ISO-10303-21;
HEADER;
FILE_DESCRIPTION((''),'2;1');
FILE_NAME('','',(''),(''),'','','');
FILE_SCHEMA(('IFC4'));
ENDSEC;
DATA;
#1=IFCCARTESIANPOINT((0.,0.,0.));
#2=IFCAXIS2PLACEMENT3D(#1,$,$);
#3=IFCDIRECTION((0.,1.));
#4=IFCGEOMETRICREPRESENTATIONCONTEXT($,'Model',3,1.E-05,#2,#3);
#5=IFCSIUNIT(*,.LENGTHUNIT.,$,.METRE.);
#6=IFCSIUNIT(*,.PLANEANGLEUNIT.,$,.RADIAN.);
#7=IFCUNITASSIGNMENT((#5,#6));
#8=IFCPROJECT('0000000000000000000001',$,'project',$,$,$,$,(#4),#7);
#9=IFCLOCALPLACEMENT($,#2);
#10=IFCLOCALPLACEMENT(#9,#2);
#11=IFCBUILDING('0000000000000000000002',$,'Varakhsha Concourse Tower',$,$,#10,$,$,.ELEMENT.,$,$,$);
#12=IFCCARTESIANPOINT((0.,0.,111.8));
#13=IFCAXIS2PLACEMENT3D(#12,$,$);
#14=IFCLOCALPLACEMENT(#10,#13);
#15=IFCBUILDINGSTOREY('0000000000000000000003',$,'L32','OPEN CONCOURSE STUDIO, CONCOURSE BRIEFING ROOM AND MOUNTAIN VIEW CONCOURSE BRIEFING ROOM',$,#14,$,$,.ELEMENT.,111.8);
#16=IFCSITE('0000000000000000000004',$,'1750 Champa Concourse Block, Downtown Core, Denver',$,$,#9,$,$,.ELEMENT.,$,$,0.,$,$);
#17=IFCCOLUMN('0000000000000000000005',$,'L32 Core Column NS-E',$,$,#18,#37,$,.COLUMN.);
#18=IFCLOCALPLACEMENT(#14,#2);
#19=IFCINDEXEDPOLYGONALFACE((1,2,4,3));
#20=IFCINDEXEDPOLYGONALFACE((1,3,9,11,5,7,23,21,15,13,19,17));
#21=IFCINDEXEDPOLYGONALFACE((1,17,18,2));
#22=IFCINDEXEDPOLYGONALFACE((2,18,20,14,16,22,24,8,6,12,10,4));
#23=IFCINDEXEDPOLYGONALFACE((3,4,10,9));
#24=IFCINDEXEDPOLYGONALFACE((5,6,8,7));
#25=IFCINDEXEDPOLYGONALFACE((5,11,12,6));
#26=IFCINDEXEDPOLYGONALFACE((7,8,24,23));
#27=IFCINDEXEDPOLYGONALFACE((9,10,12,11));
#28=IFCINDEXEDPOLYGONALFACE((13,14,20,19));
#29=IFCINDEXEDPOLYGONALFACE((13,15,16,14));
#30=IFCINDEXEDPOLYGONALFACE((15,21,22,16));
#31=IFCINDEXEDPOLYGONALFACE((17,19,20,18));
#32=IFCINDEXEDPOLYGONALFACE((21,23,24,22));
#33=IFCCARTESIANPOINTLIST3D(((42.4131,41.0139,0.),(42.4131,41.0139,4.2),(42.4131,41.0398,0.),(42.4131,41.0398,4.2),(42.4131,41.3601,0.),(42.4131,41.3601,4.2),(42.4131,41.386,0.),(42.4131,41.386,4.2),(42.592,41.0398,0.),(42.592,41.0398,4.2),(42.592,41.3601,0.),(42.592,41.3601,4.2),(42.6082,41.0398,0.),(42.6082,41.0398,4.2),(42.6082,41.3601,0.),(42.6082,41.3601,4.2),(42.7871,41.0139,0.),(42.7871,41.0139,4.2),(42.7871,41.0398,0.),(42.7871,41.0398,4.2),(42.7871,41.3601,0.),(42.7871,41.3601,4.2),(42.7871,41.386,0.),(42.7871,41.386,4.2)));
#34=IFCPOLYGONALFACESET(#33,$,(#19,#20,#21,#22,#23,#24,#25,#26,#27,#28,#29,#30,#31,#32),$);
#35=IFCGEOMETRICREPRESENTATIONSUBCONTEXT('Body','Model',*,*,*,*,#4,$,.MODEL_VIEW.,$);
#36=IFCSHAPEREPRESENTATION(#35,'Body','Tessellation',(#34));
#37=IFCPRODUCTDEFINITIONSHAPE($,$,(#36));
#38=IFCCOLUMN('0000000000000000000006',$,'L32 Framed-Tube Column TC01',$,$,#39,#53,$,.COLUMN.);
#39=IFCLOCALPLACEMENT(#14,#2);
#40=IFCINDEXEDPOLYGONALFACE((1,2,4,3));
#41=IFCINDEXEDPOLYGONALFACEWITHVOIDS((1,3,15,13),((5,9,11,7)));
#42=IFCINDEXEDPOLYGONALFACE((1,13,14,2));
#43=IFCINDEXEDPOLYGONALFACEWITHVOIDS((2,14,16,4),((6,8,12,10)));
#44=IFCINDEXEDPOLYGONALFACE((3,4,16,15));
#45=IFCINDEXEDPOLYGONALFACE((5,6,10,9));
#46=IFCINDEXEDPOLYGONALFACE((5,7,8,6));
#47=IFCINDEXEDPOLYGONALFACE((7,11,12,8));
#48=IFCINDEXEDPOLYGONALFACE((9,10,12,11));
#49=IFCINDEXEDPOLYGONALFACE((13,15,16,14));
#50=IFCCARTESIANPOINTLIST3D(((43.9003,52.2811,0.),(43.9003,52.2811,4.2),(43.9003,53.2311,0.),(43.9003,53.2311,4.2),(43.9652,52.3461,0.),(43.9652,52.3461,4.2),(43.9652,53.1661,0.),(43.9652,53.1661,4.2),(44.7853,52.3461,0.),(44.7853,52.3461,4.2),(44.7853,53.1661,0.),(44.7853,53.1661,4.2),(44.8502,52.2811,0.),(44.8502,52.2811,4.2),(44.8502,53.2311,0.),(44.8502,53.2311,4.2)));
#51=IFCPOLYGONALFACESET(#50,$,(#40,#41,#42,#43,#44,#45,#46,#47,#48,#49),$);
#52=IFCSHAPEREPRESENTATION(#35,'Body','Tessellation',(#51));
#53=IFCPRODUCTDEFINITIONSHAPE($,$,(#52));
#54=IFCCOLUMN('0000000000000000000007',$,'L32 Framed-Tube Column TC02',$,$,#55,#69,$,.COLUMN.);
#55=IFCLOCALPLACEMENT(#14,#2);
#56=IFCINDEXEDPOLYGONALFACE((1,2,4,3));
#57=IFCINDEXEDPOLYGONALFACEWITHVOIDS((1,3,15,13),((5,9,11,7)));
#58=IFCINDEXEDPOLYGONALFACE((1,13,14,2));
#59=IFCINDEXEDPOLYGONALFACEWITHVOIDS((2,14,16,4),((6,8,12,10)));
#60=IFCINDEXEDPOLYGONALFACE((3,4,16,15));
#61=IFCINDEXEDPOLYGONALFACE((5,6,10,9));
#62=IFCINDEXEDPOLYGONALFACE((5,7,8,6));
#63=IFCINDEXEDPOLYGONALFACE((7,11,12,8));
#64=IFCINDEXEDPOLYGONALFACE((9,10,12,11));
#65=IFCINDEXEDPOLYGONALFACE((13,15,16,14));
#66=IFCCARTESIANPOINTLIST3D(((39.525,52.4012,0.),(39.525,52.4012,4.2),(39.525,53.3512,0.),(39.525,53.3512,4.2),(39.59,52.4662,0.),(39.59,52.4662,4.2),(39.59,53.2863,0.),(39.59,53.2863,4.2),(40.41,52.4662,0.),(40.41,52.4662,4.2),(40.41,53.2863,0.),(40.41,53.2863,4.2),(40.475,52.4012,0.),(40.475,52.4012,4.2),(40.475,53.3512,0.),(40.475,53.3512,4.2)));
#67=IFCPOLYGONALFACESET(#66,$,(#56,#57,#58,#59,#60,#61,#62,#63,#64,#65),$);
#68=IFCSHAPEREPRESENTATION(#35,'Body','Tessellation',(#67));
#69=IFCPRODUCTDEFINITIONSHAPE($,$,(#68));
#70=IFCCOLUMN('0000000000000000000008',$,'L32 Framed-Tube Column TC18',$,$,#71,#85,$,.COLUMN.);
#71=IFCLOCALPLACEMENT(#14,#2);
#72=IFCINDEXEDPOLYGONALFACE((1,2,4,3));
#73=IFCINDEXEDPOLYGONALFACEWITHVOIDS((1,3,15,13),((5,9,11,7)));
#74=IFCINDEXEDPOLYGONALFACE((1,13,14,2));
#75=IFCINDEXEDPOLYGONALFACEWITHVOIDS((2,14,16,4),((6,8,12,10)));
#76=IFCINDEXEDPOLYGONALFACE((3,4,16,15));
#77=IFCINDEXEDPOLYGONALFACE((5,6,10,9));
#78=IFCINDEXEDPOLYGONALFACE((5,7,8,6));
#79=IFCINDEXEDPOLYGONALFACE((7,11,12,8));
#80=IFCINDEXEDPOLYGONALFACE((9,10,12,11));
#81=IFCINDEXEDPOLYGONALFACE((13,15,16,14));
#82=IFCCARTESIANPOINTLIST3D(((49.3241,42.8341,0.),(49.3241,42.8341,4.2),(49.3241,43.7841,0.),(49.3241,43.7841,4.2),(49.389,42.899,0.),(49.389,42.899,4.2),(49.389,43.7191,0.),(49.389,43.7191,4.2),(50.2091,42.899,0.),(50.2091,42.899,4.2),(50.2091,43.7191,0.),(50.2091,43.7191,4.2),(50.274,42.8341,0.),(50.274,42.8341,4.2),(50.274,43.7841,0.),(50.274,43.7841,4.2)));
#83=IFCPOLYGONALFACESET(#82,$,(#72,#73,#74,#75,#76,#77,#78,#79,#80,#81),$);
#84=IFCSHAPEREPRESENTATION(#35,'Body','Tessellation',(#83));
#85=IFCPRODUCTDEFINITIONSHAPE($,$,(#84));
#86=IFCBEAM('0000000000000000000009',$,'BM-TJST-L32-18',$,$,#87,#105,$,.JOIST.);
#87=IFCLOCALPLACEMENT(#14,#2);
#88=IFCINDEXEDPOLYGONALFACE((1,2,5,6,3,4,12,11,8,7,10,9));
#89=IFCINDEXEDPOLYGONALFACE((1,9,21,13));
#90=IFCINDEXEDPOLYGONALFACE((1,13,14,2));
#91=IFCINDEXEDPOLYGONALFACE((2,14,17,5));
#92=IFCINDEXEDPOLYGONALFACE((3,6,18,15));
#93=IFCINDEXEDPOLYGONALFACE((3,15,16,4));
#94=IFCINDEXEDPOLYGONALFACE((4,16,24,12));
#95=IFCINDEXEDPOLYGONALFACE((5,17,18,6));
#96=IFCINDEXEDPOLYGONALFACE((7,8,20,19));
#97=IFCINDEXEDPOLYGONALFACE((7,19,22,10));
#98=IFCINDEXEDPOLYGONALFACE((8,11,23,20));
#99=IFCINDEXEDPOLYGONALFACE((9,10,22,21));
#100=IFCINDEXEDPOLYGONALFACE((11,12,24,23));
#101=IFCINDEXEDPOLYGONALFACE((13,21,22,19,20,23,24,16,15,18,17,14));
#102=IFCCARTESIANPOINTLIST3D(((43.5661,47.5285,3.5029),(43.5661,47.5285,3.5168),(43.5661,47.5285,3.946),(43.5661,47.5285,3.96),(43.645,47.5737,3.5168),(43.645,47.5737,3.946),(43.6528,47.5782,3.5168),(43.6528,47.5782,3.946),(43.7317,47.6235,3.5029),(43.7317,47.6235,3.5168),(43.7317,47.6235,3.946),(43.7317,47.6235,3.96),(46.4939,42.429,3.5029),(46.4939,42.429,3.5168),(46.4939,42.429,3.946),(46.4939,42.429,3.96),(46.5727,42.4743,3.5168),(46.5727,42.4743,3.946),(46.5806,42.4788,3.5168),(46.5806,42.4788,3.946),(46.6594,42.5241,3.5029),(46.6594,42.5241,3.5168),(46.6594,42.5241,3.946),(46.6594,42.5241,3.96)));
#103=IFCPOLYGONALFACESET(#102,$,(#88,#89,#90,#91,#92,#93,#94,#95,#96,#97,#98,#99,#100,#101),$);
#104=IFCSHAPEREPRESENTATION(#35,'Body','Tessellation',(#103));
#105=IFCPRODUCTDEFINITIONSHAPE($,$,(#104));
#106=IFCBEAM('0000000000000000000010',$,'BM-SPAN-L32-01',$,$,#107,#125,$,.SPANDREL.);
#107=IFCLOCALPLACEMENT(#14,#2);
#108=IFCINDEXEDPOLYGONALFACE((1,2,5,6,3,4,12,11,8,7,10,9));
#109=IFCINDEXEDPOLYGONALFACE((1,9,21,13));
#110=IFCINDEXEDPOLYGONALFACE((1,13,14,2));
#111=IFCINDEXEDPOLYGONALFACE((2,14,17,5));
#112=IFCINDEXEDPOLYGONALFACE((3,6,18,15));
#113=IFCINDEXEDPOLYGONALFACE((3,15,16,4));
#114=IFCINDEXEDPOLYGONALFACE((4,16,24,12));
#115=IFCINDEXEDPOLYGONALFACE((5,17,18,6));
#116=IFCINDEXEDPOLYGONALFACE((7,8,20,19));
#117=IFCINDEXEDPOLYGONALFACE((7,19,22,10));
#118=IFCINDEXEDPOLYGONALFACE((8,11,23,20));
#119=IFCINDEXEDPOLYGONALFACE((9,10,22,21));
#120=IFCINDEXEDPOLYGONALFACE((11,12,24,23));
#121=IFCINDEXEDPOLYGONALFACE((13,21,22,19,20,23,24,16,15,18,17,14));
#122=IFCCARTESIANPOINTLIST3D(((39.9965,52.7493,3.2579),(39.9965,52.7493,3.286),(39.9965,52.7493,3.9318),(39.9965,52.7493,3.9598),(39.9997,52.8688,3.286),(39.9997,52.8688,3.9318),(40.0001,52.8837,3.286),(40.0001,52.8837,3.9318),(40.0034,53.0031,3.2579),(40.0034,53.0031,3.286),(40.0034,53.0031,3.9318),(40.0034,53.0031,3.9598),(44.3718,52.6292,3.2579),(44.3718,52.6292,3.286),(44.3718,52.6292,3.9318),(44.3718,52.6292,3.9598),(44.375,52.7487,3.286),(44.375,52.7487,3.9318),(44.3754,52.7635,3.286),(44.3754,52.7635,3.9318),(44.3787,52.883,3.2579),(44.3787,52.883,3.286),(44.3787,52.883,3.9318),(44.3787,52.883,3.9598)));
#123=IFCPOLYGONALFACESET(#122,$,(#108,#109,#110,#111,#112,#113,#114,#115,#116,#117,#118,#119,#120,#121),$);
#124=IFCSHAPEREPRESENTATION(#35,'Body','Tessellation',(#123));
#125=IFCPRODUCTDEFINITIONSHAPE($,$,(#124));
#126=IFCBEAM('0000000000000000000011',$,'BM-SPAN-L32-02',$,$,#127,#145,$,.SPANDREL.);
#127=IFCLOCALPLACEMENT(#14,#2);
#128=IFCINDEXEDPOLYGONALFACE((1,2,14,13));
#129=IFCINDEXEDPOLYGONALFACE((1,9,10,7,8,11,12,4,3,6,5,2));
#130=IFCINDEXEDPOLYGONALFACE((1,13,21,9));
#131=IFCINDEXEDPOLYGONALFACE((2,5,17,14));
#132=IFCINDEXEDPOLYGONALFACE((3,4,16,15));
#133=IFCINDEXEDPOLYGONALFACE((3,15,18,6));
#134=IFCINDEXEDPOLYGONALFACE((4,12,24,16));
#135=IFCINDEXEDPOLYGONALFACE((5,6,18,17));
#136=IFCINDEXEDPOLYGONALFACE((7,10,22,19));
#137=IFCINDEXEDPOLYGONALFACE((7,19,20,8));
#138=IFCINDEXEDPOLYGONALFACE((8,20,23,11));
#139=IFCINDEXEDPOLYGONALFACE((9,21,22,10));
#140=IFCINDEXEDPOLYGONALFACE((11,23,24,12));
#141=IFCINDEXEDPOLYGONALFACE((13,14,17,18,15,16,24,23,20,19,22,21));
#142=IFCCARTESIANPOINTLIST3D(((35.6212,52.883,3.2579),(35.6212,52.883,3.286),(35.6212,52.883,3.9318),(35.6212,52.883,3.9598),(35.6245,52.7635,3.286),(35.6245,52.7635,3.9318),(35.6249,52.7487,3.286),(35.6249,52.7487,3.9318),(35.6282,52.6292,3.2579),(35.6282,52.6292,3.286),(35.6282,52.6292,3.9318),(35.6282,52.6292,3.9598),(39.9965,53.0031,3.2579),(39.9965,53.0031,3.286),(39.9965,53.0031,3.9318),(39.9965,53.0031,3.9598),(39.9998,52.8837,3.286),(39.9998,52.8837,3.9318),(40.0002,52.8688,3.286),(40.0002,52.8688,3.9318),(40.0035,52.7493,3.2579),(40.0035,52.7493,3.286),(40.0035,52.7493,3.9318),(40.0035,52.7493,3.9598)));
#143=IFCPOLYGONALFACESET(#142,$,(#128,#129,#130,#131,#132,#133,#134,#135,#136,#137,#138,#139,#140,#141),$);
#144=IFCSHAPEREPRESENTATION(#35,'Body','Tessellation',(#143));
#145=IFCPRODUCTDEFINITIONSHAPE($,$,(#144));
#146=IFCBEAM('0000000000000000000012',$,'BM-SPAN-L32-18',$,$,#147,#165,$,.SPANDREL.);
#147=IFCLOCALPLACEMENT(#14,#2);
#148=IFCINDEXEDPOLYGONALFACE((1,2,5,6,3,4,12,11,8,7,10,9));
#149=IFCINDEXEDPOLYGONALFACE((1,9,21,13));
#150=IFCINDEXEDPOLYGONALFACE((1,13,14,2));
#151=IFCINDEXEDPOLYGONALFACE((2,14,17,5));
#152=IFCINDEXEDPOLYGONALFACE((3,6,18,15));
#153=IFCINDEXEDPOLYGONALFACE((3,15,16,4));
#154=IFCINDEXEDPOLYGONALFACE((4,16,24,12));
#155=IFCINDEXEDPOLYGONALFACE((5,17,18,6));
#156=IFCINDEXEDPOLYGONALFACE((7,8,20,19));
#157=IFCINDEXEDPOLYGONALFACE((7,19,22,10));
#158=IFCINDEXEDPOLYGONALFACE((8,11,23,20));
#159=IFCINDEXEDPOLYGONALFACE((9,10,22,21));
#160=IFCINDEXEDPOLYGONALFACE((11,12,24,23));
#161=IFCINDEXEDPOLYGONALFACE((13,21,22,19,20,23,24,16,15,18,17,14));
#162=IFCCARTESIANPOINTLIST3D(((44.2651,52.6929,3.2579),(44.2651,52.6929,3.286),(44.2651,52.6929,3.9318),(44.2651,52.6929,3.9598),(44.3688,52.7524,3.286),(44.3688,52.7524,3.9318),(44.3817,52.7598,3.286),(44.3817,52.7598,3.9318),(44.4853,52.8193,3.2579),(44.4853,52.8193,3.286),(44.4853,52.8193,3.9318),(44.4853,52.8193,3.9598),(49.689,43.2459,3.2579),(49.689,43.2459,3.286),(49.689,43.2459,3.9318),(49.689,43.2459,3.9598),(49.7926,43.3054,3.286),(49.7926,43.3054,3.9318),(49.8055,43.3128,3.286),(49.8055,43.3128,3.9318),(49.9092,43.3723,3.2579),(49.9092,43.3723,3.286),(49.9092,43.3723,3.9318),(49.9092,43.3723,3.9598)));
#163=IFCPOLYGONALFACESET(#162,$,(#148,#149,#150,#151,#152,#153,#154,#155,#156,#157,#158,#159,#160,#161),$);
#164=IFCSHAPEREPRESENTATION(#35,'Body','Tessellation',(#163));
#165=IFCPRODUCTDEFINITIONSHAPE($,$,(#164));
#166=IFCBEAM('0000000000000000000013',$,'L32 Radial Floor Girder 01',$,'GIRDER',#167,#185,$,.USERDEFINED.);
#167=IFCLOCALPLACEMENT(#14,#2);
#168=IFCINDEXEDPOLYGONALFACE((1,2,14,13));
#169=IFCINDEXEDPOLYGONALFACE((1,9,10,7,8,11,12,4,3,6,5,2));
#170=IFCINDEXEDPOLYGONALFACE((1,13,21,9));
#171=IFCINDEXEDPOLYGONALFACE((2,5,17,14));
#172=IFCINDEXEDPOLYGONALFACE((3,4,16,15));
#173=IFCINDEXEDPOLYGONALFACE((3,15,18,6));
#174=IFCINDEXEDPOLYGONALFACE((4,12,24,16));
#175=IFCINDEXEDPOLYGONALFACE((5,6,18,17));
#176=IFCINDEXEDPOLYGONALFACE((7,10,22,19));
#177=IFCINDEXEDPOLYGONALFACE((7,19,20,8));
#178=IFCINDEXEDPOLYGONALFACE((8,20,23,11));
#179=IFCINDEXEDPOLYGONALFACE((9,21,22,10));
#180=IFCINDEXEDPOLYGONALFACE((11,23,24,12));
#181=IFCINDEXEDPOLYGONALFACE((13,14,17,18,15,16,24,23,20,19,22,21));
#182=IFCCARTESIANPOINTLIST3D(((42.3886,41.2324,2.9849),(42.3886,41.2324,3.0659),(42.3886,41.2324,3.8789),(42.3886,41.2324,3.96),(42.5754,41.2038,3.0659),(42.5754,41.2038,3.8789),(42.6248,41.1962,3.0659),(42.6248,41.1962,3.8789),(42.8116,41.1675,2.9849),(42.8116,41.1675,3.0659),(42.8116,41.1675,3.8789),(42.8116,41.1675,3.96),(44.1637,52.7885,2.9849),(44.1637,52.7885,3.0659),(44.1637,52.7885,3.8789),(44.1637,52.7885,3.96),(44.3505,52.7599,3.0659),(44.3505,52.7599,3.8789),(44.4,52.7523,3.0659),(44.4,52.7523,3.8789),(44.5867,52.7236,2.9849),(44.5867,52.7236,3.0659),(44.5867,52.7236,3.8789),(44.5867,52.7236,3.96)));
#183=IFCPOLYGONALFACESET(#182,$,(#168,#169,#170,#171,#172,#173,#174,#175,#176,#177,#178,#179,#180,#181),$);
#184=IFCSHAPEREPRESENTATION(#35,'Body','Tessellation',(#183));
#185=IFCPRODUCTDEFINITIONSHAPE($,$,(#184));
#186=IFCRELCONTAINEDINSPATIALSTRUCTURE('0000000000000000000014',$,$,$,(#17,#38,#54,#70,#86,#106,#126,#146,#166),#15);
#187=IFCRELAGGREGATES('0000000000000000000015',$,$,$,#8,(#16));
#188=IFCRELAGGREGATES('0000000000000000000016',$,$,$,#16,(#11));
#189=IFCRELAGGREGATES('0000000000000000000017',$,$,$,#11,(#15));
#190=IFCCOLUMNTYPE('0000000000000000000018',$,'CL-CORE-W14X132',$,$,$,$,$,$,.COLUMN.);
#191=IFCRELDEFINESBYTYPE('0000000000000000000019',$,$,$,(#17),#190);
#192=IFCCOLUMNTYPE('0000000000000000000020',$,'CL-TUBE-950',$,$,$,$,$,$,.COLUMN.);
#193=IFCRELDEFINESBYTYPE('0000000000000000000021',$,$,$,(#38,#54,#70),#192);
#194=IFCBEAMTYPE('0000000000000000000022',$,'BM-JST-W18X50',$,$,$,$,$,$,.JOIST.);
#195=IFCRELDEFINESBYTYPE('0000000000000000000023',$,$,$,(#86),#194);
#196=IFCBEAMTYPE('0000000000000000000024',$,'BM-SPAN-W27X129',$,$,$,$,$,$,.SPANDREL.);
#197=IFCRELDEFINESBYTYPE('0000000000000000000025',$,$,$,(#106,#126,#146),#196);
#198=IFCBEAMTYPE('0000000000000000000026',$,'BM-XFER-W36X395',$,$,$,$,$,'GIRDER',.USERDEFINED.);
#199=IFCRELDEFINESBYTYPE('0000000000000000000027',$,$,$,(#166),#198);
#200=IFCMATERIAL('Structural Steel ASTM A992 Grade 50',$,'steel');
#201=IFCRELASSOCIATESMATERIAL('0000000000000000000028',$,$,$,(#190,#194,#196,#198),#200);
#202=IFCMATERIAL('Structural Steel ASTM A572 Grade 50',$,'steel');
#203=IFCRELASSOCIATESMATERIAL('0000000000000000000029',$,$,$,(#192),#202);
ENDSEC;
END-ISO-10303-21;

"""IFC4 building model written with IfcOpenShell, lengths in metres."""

from ifc_helpers import new_model, si_unit, direction, frame, origin, origin_2d, place, context, subcontext, project, spatial, hollow_rectangle, i_section, extrude, material, material_profile, profile_set, type_object, element, save


model = new_model("IFC4")

# Units and contexts
model_context = context("Model", 3, precision=1e-05, world=origin(), true_north=direction((0.0, 1.0)))
body_context = subcontext(model_context, "Body", "Model", "MODEL_VIEW")
ifc_project = project(units=[si_unit("LENGTHUNIT", "METRE"), si_unit("PLANEANGLEUNIT", "RADIAN")], contexts=[model_context])

# Site, building, storey
site_placement = place(None, origin())
site = spatial("IfcSite", under=ifc_project, at=site_placement, Name="1750 Champa Concourse Block, Downtown Core, Denver", CompositionType="ELEMENT", RefElevation=0.0)
building_placement = place(site_placement, origin())
building = spatial("IfcBuilding", under=site, at=building_placement, Name="Varakhsha Concourse Tower", CompositionType="ELEMENT")
storey_placement = place(building_placement, frame((0.0, 0.0, 111.8)))
storey = spatial("IfcBuildingStorey", under=building, at=storey_placement, Name="L32", Description="OPEN CONCOURSE STUDIO, CONCOURSE BRIEFING ROOM AND MOUNTAIN VIEW CONCOURSE BRIEFING ROOM", CompositionType="ELEMENT", Elevation=111.8)

# Columns
ifc_material_1 = material(Name="Structural Steel ASTM A992 Grade 50", Category="steel")
ifc_material_profile_1 = material_profile(ifc_material_1, i_section(OverallWidth=0.374, OverallDepth=0.3721, WebThickness=0.0161, FlangeThickness=0.0259, at=origin_2d()), Name="W14X132")
ifc_profile_set_1 = profile_set([ifc_material_profile_1], Name="Structural Steel ASTM A992 Grade 50")
column_type_1 = type_object("IfcColumnType", Name="CL-CORE-W14X132", PredefinedType="COLUMN", material=ifc_profile_set_1)
column_placement = place(storey_placement, frame((42.6001, 41.2, 0.0), z_axis=(0.0, 0.0, 1.0), x_axis=(1.0, 0.0, 0.0)))
element("IfcColumn", 1, at=column_placement, inside=storey, type_object=column_type_1, Name="L32 Core Column NS-E", PredefinedType="COLUMN", context=body_context, shape_type="SweptSolid", body=[
    extrude(i_section(OverallWidth=0.374, OverallDepth=0.3721, WebThickness=0.0161, FlangeThickness=0.0259, at=origin_2d()), origin(), (0.0, 0.0, 1.0), 4.2),
])
ifc_material_2 = material(Name="Structural Steel ASTM A572 Grade 50", Category="steel")
ifc_material_profile_2 = material_profile(ifc_material_2, hollow_rectangle(XDim=0.95, YDim=0.95, WallThickness=0.0649, at=origin_2d()), Name="BOX 950x950x65")
ifc_profile_set_2 = profile_set([ifc_material_profile_2], Name="Structural Steel ASTM A572 Grade 50")
column_type_2 = type_object("IfcColumnType", Name="CL-TUBE-950", PredefinedType="COLUMN", material=ifc_profile_set_2)
for number, where, z_axis, x_axis, name in (
    (2, (44.3752, 52.7561, 0.0), (0.0, 0.0, 1.0), (1.0, 0.0, 0.0), "L32 Framed-Tube Column TC01"),
    (3, (40.0, 52.8762, 0.0), (0.0, 0.0, 1.0), (1.0, 0.0, 0.0), "L32 Framed-Tube Column TC02"),
    (4, (49.7991, 43.3091, 0.0), (0.0, 0.0, 1.0), (1.0, 0.0, 0.0), "L32 Framed-Tube Column TC18"),
):
    element("IfcColumn", number, at=place(storey_placement, frame(where, z_axis=z_axis, x_axis=x_axis)), inside=storey, type_object=column_type_2, Name=name, PredefinedType="COLUMN", context=body_context, shape_type="SweptSolid", body=[
        extrude(hollow_rectangle(XDim=0.95, YDim=0.95, WallThickness=0.0649, at=origin_2d()), origin(), (0.0, 0.0, 1.0), 4.2),
    ])

# Beams
ifc_material_profile_3 = material_profile(ifc_material_1, i_section(OverallWidth=0.1909, OverallDepth=0.457, WebThickness=0.009, FlangeThickness=0.0139, at=origin_2d()), Name="W18X50")
ifc_profile_set_3 = profile_set([ifc_material_profile_3], Name="Structural Steel ASTM A992 Grade 50")
beam_type_1 = type_object("IfcBeamType", Name="BM-JST-W18X50", PredefinedType="JOIST", material=ifc_profile_set_3)
beam_1_placement = place(storey_placement, frame((46.5767, 42.4766, 3.7314), z_axis=(-0.497909, 0.86723, 0.0), x_axis=(-0.86723, -0.497909, 0.0)))
element("IfcBeam", 5, at=beam_1_placement, inside=storey, type_object=beam_type_1, Name="BM-TJST-L32-18", PredefinedType="JOIST", context=body_context, shape_type="SweptSolid", body=[
    extrude(i_section(OverallWidth=0.1909, OverallDepth=0.457, WebThickness=0.009, FlangeThickness=0.0139, at=origin_2d()), origin(), (0.0, 0.0, 1.0), 5.8801),
])
ifc_material_profile_4 = material_profile(ifc_material_1, i_section(OverallWidth=0.2539, OverallDepth=0.7019, WebThickness=0.0149, FlangeThickness=0.0281, at=origin_2d()), Name="W27X129")
ifc_profile_set_4 = profile_set([ifc_material_profile_4], Name="Structural Steel ASTM A992 Grade 50")
beam_type_2 = type_object("IfcBeamType", Name="BM-SPAN-W27X129", PredefinedType="SPANDREL", material=ifc_profile_set_4)
for number, where, z_axis, x_axis, name in (
    (6, (44.3752, 52.7561, 3.6089), (-0.999623, 0.027443, 0.0), (-0.027443, -0.999623, 0.0), "BM-SPAN-L32-01"),
    (7, (40.0, 52.8762, 3.6089), (-0.999623, -0.027443, 0.0), (0.027443, -0.999623, 0.0), "BM-SPAN-L32-02"),
):
    element("IfcBeam", number, at=place(storey_placement, frame(where, z_axis=z_axis, x_axis=x_axis)), inside=storey, type_object=beam_type_2, Name=name, PredefinedType="SPANDREL", context=body_context, shape_type="SweptSolid", body=[
        extrude(i_section(OverallWidth=0.2539, OverallDepth=0.7019, WebThickness=0.0149, FlangeThickness=0.0281, at=origin_2d()), origin(), (0.0, 0.0, 1.0), 4.377),
    ])
beam_2_placement = place(storey_placement, frame((49.7991, 43.3091, 3.6089), z_axis=(-0.497905, 0.867232, 0.0), x_axis=(-0.867232, -0.497905, 0.0)))
element("IfcBeam", 8, at=beam_2_placement, inside=storey, type_object=beam_type_2, Name="BM-SPAN-L32-18", PredefinedType="SPANDREL", context=body_context, shape_type="SweptSolid", body=[
    extrude(i_section(OverallWidth=0.2539, OverallDepth=0.7019, WebThickness=0.0149, FlangeThickness=0.0281, at=origin_2d()), origin(), (0.0, 0.0, 1.0), 10.8933),
])
ifc_material_profile_5 = material_profile(ifc_material_1, i_section(OverallWidth=0.428, OverallDepth=0.9751, WebThickness=0.05, FlangeThickness=0.0811, at=origin_2d()), Name="W36X395")
ifc_profile_set_5 = profile_set([ifc_material_profile_5], Name="Structural Steel ASTM A992 Grade 50")
beam_type_3 = type_object("IfcBeamType", Name="BM-XFER-W36X395", ElementType="GIRDER", PredefinedType="USERDEFINED", material=ifc_profile_set_5)
beam_3_placement = place(storey_placement, frame((42.6001, 41.2, 3.4724), z_axis=(0.15183, 0.988407, 0.0), x_axis=(-0.988407, 0.15183, 0.0)))
element("IfcBeam", 9, at=beam_3_placement, inside=storey, type_object=beam_type_3, Name="L32 Radial Floor Girder 01", ObjectType="GIRDER", PredefinedType="USERDEFINED", context=body_context, shape_type="SweptSolid", body=[
    extrude(i_section(OverallWidth=0.428, OverallDepth=0.9751, WebThickness=0.05, FlangeThickness=0.0811, at=origin_2d()), origin(), (0.0, 0.0, 1.0), 11.6917),
])

save(model, "model.ifc")
